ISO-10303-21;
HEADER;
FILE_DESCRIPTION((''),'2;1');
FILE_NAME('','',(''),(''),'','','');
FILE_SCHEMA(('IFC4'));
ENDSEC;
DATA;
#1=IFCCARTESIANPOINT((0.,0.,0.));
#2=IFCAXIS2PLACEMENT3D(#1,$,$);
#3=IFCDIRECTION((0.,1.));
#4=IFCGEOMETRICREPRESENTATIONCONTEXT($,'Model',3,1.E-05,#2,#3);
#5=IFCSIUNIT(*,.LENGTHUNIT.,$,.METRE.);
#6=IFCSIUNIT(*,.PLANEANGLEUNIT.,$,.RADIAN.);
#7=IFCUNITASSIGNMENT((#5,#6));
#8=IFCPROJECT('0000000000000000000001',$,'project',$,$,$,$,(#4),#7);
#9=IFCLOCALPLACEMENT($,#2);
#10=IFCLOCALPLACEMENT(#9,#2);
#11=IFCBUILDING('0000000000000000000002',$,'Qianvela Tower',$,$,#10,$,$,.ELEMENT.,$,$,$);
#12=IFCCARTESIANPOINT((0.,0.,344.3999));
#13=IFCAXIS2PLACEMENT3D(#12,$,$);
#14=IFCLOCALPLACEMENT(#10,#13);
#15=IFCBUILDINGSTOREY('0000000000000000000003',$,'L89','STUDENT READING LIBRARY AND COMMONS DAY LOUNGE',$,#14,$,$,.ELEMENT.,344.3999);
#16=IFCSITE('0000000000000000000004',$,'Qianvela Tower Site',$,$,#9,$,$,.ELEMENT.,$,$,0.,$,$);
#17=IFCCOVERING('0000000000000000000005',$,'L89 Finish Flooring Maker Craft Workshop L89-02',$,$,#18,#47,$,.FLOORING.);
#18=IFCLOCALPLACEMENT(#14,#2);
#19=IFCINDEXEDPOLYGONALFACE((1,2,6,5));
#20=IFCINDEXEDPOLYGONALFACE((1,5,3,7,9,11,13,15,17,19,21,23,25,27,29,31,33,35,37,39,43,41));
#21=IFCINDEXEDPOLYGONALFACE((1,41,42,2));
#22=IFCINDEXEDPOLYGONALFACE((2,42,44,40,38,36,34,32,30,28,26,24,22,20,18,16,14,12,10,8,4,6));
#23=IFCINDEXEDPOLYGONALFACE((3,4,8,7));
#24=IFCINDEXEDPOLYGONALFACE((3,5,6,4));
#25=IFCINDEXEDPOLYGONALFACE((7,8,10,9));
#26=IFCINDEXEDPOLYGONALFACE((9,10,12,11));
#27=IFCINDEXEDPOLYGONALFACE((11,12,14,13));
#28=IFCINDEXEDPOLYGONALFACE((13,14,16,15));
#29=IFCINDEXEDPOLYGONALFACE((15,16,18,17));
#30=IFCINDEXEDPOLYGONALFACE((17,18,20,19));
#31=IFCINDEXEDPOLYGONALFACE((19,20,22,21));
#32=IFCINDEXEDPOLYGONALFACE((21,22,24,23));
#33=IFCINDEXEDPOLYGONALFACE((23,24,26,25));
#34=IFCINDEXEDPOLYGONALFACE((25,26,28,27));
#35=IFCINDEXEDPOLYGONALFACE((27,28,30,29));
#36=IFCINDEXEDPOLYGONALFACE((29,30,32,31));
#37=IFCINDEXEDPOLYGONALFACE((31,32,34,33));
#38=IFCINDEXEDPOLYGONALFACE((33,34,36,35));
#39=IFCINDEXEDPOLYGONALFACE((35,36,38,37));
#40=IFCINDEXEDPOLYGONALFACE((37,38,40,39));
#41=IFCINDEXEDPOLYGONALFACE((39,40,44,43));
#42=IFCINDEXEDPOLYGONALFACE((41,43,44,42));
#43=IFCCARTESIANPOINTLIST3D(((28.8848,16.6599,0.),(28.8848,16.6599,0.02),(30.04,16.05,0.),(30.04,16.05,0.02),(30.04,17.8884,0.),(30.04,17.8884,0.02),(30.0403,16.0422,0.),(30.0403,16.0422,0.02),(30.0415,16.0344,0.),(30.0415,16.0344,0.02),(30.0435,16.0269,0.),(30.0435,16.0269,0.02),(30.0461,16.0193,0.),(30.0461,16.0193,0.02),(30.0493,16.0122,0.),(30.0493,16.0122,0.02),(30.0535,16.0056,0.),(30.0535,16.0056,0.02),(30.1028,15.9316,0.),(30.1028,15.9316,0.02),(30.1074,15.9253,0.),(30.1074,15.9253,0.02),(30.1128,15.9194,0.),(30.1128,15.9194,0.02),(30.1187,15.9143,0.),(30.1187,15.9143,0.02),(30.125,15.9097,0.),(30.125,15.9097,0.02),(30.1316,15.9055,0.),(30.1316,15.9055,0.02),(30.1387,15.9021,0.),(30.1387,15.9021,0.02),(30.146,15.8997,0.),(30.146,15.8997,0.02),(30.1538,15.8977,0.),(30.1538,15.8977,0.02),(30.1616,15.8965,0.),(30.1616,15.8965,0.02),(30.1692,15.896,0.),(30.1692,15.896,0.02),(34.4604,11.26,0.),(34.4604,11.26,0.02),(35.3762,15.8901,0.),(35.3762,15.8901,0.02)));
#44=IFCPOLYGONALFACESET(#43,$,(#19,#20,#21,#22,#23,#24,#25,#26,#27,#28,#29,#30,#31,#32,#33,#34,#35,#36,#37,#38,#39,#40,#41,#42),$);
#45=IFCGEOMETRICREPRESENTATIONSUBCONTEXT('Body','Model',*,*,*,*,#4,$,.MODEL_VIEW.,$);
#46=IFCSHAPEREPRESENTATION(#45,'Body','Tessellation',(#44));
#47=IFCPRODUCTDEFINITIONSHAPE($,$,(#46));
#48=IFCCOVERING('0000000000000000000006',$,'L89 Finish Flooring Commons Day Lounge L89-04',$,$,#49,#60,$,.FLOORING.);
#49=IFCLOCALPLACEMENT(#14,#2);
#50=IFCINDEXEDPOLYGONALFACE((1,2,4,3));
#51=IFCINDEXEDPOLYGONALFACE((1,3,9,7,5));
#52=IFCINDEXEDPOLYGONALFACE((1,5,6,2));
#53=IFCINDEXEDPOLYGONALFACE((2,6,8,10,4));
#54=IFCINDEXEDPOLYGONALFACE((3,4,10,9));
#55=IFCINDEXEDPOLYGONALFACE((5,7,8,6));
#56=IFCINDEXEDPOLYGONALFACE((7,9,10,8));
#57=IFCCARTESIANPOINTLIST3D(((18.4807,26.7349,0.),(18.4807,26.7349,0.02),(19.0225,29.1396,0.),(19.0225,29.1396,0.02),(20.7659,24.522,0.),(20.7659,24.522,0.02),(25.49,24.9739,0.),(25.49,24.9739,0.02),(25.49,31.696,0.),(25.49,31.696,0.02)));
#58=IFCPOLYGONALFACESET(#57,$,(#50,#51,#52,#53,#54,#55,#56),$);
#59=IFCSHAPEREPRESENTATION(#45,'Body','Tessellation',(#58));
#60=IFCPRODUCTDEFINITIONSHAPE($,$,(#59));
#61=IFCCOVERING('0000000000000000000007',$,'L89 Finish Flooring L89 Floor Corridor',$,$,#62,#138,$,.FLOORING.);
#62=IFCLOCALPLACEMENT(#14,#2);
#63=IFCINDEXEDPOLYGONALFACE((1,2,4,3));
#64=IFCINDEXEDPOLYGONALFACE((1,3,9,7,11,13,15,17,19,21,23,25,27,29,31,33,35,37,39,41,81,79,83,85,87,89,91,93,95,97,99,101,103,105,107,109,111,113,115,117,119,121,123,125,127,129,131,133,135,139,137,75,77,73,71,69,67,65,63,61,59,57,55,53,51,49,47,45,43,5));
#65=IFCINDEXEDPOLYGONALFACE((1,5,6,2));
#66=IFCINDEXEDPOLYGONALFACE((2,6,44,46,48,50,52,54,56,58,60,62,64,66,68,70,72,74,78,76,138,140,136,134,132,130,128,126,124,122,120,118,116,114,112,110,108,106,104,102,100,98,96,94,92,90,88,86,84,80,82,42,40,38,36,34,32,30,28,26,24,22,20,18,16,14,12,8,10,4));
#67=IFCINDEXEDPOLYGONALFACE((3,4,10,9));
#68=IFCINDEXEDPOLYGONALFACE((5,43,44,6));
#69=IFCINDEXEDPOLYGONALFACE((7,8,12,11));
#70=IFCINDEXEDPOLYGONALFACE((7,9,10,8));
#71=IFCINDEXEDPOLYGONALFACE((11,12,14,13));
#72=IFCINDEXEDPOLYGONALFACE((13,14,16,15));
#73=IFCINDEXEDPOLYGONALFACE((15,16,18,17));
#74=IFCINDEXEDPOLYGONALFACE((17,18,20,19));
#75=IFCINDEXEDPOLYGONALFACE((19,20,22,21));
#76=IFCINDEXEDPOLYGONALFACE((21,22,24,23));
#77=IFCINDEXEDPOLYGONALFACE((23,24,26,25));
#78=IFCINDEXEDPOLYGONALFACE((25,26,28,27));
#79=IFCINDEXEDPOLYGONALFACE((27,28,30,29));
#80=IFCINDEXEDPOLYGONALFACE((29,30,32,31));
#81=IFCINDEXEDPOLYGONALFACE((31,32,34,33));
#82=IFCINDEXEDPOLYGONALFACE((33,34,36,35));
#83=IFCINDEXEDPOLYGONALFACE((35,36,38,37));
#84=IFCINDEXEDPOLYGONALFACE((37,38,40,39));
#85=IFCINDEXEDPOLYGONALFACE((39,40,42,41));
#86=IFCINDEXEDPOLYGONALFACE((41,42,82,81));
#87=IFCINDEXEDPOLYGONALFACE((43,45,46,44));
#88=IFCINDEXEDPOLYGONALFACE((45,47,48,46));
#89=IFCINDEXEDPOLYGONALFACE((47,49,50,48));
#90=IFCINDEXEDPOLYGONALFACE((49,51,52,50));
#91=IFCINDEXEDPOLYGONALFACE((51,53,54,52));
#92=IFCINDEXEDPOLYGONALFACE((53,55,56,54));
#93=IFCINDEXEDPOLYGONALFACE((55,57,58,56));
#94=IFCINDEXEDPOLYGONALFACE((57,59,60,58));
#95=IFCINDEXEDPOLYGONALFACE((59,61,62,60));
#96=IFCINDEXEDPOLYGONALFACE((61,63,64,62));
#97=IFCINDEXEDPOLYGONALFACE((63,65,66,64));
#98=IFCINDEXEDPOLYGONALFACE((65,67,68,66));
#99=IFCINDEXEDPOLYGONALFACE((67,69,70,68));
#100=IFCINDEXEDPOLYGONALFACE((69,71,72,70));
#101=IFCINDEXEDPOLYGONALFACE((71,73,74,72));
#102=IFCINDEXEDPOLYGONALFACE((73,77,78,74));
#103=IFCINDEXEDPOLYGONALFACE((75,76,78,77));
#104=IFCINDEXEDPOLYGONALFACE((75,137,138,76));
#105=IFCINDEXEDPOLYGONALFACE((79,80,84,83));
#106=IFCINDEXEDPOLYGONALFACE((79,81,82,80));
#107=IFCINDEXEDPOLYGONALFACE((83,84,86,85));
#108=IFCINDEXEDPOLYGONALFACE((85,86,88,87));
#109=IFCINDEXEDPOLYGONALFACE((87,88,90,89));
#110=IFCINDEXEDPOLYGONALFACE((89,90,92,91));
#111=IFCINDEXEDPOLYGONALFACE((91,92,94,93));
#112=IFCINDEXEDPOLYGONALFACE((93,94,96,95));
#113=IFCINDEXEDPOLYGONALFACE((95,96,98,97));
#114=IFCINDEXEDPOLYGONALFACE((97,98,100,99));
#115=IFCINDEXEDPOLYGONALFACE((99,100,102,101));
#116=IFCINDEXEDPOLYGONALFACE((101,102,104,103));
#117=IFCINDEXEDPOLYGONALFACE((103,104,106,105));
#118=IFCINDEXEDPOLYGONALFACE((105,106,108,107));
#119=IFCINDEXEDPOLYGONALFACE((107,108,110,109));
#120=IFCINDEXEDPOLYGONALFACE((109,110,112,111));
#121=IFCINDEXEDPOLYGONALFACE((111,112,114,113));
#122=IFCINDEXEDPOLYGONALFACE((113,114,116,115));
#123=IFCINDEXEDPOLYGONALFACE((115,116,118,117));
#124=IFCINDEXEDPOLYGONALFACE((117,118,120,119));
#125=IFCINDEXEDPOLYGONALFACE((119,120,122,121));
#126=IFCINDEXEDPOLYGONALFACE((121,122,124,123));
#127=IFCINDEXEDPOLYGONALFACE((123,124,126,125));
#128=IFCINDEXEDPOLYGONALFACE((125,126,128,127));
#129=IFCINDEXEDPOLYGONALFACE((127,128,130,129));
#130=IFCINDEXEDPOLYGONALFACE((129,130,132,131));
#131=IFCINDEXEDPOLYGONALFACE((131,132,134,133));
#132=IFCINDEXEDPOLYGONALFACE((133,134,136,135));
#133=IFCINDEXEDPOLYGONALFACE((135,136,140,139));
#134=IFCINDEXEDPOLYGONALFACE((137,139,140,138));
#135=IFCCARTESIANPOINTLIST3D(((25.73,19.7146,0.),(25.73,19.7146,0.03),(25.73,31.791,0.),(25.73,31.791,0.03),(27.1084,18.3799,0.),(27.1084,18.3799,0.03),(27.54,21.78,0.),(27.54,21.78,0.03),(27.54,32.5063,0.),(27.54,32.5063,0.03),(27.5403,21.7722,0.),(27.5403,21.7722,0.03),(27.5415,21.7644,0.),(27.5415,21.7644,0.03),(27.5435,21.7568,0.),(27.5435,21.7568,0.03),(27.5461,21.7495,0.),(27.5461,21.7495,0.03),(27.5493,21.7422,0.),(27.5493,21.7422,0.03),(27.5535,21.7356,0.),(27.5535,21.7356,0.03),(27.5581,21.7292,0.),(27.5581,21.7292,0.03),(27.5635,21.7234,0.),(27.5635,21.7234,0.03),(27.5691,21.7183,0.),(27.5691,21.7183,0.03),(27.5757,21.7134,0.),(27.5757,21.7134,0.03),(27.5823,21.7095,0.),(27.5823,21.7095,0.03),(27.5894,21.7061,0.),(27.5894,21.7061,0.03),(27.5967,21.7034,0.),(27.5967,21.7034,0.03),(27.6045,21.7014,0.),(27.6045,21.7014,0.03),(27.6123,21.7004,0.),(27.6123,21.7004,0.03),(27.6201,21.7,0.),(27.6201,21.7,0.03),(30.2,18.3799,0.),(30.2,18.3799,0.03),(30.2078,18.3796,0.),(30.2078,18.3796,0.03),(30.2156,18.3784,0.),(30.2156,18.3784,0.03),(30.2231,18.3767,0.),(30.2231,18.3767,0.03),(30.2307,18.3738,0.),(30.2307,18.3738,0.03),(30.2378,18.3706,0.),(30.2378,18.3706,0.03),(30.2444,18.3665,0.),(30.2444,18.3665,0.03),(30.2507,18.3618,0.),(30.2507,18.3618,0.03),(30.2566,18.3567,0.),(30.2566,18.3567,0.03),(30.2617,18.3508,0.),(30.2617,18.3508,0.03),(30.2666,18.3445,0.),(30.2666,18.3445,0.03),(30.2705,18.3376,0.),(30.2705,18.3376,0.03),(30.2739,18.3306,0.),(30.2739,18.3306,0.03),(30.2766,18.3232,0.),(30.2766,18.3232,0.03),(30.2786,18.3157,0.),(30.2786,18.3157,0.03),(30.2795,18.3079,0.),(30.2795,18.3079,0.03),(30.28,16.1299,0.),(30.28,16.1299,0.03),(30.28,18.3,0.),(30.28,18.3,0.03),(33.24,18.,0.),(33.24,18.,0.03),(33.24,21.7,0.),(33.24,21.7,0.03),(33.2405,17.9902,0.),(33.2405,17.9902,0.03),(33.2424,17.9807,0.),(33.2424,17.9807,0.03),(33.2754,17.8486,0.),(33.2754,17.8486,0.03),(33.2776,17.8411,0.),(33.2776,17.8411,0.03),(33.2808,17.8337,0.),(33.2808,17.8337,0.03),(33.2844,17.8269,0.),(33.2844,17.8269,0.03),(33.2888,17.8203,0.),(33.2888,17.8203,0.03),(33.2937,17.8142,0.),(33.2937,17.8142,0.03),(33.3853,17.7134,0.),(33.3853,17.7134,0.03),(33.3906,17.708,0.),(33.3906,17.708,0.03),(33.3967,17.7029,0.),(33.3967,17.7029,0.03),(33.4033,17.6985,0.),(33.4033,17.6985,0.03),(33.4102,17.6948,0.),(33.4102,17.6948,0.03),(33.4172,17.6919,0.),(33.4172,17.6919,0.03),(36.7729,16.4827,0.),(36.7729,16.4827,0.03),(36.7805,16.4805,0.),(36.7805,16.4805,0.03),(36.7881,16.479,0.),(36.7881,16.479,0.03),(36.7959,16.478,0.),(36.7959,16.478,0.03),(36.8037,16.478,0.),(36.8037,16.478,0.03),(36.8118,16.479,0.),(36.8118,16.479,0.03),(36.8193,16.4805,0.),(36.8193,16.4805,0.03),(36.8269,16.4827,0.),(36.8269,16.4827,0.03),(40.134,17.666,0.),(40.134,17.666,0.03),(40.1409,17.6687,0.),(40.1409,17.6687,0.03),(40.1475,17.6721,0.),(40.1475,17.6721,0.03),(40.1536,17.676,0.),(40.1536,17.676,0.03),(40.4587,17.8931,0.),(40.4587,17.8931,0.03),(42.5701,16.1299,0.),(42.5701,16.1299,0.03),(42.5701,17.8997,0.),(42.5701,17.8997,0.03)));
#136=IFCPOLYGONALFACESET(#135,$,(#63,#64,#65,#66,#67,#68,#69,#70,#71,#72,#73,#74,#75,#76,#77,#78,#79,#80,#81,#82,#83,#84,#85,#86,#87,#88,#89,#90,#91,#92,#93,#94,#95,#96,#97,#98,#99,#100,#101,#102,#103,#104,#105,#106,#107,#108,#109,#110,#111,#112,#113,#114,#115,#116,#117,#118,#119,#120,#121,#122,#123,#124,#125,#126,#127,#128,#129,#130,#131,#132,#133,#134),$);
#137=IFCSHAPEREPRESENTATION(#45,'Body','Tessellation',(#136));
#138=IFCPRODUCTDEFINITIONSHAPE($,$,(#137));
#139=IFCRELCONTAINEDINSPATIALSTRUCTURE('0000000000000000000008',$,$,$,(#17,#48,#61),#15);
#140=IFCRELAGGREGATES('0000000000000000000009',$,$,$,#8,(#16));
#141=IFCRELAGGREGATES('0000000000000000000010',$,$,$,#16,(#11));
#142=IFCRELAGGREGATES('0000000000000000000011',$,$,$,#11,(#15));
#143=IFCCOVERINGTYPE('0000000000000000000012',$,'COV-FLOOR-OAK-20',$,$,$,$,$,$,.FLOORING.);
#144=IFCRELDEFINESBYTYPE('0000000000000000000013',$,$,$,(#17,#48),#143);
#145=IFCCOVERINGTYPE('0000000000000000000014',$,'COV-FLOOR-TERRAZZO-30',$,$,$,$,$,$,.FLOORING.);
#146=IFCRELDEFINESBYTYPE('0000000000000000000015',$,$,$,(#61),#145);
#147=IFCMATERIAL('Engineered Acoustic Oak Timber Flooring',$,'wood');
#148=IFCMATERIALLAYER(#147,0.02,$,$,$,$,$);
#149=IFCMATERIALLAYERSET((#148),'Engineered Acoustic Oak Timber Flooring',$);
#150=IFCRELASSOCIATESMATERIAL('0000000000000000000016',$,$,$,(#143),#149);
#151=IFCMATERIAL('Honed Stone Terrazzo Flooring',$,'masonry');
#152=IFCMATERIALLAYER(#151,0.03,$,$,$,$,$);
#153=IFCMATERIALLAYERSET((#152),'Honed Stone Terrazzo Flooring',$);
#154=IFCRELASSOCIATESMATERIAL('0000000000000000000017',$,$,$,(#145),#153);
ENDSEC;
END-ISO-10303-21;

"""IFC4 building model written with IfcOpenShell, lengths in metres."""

from ifc_helpers import new_model, si_unit, direction, frame, origin, place, context, subcontext, project, spatial, polyline, outline, extrude, material, layer, layer_set, type_object, element, save


model = new_model("IFC4")

# Units and contexts
model_context = context("Model", 3, precision=1e-05, world=origin(), true_north=direction((0.0, 1.0)))
body_context = subcontext(model_context, "Body", "Model", "MODEL_VIEW")
ifc_project = project(units=[si_unit("LENGTHUNIT", "METRE"), si_unit("PLANEANGLEUNIT", "RADIAN")], contexts=[model_context])

# Site, building, storey
site_placement = place(None, origin())
site = spatial("IfcSite", under=ifc_project, at=site_placement, Name="Qianvela Tower Site", CompositionType="ELEMENT", RefElevation=0.0)
building_placement = place(site_placement, origin())
building = spatial("IfcBuilding", under=site, at=building_placement, Name="Qianvela Tower", CompositionType="ELEMENT")
storey_placement = place(building_placement, frame((0.0, 0.0, 344.3999)))
storey = spatial("IfcBuildingStorey", under=building, at=storey_placement, Name="L89", Description="STUDENT READING LIBRARY AND COMMONS DAY LOUNGE", CompositionType="ELEMENT", Elevation=344.3999)

# Coverings
ifc_material_1 = material(Name="Engineered Acoustic Oak Timber Flooring", Category="wood")
ifc_layer_1 = layer(ifc_material_1, 0.02)
ifc_layer_set_1 = layer_set([ifc_layer_1], Name="Engineered Acoustic Oak Timber Flooring")
covering_type_1 = type_object("IfcCoveringType", Name="COV-FLOOR-OAK-20", PredefinedType="FLOORING", material=ifc_layer_set_1)
covering_1_placement = place(storey_placement, origin())
element("IfcCovering", 1, at=covering_1_placement, inside=storey, type_object=covering_type_1, Name="L89 Finish Flooring Maker Craft Workshop L89-02", PredefinedType="FLOORING", context=body_context, shape_type="SweptSolid", body=[
    extrude(outline(polyline([(30.04, 17.8884), (30.04, 16.05), (30.0403, 16.0422), (30.0415, 16.0344), (30.0435, 16.0269), (30.0461, 16.0193), (30.0493, 16.0122), (30.0535, 16.0056), (30.1028, 15.9316), (30.1074, 15.9253), (30.1128, 15.9194), (30.1187, 15.9143), (30.125, 15.9097), (30.1316, 15.9055), (30.1387, 15.9021), (30.146, 15.8997), (30.1538, 15.8977), (30.1616, 15.8965), (30.1692, 15.896), (35.3762, 15.8901), (34.4604, 11.26), (28.8848, 16.6599), (30.04, 17.8884)])), origin(), (0.0, 0.0, 1.0), 0.02),
])
covering_2_placement = place(storey_placement, origin())
element("IfcCovering", 2, at=covering_2_placement, inside=storey, type_object=covering_type_1, Name="L89 Finish Flooring Commons Day Lounge L89-04", PredefinedType="FLOORING", context=body_context, shape_type="SweptSolid", body=[
    extrude(outline(polyline([(25.49, 31.696), (25.49, 24.9739), (20.7659, 24.522), (18.4807, 26.7349), (19.0225, 29.1396), (25.49, 31.696)])), origin(), (0.0, 0.0, 1.0), 0.02),
])
ifc_material_2 = material(Name="Honed Stone Terrazzo Flooring", Category="masonry")
ifc_layer_2 = layer(ifc_material_2, 0.03)
ifc_layer_set_2 = layer_set([ifc_layer_2], Name="Honed Stone Terrazzo Flooring")
covering_type_2 = type_object("IfcCoveringType", Name="COV-FLOOR-TERRAZZO-30", PredefinedType="FLOORING", material=ifc_layer_set_2)
covering_3_placement = place(storey_placement, origin())
element("IfcCovering", 3, at=covering_3_placement, inside=storey, type_object=covering_type_2, Name="L89 Finish Flooring L89 Floor Corridor", PredefinedType="FLOORING", context=body_context, shape_type="SweptSolid", body=[
    extrude(outline(polyline([(36.7729, 16.4827), (36.7805, 16.4805), (36.7881, 16.479), (36.7959, 16.478), (36.8037, 16.478), (36.8118, 16.479), (36.8193, 16.4805), (36.8269, 16.4827), (40.134, 17.666), (40.1409, 17.6687), (40.1475, 17.6721), (40.1536, 17.676), (40.4587, 17.8931), (42.5701, 17.8997), (42.5701, 16.1299), (30.28, 16.1299), (30.28, 18.3), (30.2795, 18.3079), (30.2786, 18.3157), (30.2766, 18.3232), (30.2739, 18.3306), (30.2705, 18.3376), (30.2666, 18.3445), (30.2617, 18.3508), (30.2566, 18.3567), (30.2507, 18.3618), (30.2444, 18.3665), (30.2378, 18.3706), (30.2307, 18.3738), (30.2231, 18.3767), (30.2156, 18.3784), (30.2078, 18.3796), (30.2, 18.3799), (27.1084, 18.3799), (25.73, 19.7146), (25.73, 31.791), (27.54, 32.5063), (27.54, 21.78), (27.5403, 21.7722), (27.5415, 21.7644), (27.5435, 21.7568), (27.5461, 21.7495), (27.5493, 21.7422), (27.5535, 21.7356), (27.5581, 21.7292), (27.5635, 21.7234), (27.5691, 21.7183), (27.5757, 21.7134), (27.5823, 21.7095), (27.5894, 21.7061), (27.5967, 21.7034), (27.6045, 21.7014), (27.6123, 21.7004), (27.6201, 21.7), (33.24, 21.7), (33.24, 18.0), (33.2405, 17.9902), (33.2424, 17.9807), (33.2754, 17.8486), (33.2776, 17.8411), (33.2808, 17.8337), (33.2844, 17.8269), (33.2888, 17.8203), (33.2937, 17.8142), (33.3853, 17.7134), (33.3906, 17.708), (33.3967, 17.7029), (33.4033, 17.6985), (33.4102, 17.6948), (33.4172, 17.6919), (36.7729, 16.4827)])), origin(), (0.0, 0.0, 1.0), 0.03),
])

save(model, "model.ifc")
